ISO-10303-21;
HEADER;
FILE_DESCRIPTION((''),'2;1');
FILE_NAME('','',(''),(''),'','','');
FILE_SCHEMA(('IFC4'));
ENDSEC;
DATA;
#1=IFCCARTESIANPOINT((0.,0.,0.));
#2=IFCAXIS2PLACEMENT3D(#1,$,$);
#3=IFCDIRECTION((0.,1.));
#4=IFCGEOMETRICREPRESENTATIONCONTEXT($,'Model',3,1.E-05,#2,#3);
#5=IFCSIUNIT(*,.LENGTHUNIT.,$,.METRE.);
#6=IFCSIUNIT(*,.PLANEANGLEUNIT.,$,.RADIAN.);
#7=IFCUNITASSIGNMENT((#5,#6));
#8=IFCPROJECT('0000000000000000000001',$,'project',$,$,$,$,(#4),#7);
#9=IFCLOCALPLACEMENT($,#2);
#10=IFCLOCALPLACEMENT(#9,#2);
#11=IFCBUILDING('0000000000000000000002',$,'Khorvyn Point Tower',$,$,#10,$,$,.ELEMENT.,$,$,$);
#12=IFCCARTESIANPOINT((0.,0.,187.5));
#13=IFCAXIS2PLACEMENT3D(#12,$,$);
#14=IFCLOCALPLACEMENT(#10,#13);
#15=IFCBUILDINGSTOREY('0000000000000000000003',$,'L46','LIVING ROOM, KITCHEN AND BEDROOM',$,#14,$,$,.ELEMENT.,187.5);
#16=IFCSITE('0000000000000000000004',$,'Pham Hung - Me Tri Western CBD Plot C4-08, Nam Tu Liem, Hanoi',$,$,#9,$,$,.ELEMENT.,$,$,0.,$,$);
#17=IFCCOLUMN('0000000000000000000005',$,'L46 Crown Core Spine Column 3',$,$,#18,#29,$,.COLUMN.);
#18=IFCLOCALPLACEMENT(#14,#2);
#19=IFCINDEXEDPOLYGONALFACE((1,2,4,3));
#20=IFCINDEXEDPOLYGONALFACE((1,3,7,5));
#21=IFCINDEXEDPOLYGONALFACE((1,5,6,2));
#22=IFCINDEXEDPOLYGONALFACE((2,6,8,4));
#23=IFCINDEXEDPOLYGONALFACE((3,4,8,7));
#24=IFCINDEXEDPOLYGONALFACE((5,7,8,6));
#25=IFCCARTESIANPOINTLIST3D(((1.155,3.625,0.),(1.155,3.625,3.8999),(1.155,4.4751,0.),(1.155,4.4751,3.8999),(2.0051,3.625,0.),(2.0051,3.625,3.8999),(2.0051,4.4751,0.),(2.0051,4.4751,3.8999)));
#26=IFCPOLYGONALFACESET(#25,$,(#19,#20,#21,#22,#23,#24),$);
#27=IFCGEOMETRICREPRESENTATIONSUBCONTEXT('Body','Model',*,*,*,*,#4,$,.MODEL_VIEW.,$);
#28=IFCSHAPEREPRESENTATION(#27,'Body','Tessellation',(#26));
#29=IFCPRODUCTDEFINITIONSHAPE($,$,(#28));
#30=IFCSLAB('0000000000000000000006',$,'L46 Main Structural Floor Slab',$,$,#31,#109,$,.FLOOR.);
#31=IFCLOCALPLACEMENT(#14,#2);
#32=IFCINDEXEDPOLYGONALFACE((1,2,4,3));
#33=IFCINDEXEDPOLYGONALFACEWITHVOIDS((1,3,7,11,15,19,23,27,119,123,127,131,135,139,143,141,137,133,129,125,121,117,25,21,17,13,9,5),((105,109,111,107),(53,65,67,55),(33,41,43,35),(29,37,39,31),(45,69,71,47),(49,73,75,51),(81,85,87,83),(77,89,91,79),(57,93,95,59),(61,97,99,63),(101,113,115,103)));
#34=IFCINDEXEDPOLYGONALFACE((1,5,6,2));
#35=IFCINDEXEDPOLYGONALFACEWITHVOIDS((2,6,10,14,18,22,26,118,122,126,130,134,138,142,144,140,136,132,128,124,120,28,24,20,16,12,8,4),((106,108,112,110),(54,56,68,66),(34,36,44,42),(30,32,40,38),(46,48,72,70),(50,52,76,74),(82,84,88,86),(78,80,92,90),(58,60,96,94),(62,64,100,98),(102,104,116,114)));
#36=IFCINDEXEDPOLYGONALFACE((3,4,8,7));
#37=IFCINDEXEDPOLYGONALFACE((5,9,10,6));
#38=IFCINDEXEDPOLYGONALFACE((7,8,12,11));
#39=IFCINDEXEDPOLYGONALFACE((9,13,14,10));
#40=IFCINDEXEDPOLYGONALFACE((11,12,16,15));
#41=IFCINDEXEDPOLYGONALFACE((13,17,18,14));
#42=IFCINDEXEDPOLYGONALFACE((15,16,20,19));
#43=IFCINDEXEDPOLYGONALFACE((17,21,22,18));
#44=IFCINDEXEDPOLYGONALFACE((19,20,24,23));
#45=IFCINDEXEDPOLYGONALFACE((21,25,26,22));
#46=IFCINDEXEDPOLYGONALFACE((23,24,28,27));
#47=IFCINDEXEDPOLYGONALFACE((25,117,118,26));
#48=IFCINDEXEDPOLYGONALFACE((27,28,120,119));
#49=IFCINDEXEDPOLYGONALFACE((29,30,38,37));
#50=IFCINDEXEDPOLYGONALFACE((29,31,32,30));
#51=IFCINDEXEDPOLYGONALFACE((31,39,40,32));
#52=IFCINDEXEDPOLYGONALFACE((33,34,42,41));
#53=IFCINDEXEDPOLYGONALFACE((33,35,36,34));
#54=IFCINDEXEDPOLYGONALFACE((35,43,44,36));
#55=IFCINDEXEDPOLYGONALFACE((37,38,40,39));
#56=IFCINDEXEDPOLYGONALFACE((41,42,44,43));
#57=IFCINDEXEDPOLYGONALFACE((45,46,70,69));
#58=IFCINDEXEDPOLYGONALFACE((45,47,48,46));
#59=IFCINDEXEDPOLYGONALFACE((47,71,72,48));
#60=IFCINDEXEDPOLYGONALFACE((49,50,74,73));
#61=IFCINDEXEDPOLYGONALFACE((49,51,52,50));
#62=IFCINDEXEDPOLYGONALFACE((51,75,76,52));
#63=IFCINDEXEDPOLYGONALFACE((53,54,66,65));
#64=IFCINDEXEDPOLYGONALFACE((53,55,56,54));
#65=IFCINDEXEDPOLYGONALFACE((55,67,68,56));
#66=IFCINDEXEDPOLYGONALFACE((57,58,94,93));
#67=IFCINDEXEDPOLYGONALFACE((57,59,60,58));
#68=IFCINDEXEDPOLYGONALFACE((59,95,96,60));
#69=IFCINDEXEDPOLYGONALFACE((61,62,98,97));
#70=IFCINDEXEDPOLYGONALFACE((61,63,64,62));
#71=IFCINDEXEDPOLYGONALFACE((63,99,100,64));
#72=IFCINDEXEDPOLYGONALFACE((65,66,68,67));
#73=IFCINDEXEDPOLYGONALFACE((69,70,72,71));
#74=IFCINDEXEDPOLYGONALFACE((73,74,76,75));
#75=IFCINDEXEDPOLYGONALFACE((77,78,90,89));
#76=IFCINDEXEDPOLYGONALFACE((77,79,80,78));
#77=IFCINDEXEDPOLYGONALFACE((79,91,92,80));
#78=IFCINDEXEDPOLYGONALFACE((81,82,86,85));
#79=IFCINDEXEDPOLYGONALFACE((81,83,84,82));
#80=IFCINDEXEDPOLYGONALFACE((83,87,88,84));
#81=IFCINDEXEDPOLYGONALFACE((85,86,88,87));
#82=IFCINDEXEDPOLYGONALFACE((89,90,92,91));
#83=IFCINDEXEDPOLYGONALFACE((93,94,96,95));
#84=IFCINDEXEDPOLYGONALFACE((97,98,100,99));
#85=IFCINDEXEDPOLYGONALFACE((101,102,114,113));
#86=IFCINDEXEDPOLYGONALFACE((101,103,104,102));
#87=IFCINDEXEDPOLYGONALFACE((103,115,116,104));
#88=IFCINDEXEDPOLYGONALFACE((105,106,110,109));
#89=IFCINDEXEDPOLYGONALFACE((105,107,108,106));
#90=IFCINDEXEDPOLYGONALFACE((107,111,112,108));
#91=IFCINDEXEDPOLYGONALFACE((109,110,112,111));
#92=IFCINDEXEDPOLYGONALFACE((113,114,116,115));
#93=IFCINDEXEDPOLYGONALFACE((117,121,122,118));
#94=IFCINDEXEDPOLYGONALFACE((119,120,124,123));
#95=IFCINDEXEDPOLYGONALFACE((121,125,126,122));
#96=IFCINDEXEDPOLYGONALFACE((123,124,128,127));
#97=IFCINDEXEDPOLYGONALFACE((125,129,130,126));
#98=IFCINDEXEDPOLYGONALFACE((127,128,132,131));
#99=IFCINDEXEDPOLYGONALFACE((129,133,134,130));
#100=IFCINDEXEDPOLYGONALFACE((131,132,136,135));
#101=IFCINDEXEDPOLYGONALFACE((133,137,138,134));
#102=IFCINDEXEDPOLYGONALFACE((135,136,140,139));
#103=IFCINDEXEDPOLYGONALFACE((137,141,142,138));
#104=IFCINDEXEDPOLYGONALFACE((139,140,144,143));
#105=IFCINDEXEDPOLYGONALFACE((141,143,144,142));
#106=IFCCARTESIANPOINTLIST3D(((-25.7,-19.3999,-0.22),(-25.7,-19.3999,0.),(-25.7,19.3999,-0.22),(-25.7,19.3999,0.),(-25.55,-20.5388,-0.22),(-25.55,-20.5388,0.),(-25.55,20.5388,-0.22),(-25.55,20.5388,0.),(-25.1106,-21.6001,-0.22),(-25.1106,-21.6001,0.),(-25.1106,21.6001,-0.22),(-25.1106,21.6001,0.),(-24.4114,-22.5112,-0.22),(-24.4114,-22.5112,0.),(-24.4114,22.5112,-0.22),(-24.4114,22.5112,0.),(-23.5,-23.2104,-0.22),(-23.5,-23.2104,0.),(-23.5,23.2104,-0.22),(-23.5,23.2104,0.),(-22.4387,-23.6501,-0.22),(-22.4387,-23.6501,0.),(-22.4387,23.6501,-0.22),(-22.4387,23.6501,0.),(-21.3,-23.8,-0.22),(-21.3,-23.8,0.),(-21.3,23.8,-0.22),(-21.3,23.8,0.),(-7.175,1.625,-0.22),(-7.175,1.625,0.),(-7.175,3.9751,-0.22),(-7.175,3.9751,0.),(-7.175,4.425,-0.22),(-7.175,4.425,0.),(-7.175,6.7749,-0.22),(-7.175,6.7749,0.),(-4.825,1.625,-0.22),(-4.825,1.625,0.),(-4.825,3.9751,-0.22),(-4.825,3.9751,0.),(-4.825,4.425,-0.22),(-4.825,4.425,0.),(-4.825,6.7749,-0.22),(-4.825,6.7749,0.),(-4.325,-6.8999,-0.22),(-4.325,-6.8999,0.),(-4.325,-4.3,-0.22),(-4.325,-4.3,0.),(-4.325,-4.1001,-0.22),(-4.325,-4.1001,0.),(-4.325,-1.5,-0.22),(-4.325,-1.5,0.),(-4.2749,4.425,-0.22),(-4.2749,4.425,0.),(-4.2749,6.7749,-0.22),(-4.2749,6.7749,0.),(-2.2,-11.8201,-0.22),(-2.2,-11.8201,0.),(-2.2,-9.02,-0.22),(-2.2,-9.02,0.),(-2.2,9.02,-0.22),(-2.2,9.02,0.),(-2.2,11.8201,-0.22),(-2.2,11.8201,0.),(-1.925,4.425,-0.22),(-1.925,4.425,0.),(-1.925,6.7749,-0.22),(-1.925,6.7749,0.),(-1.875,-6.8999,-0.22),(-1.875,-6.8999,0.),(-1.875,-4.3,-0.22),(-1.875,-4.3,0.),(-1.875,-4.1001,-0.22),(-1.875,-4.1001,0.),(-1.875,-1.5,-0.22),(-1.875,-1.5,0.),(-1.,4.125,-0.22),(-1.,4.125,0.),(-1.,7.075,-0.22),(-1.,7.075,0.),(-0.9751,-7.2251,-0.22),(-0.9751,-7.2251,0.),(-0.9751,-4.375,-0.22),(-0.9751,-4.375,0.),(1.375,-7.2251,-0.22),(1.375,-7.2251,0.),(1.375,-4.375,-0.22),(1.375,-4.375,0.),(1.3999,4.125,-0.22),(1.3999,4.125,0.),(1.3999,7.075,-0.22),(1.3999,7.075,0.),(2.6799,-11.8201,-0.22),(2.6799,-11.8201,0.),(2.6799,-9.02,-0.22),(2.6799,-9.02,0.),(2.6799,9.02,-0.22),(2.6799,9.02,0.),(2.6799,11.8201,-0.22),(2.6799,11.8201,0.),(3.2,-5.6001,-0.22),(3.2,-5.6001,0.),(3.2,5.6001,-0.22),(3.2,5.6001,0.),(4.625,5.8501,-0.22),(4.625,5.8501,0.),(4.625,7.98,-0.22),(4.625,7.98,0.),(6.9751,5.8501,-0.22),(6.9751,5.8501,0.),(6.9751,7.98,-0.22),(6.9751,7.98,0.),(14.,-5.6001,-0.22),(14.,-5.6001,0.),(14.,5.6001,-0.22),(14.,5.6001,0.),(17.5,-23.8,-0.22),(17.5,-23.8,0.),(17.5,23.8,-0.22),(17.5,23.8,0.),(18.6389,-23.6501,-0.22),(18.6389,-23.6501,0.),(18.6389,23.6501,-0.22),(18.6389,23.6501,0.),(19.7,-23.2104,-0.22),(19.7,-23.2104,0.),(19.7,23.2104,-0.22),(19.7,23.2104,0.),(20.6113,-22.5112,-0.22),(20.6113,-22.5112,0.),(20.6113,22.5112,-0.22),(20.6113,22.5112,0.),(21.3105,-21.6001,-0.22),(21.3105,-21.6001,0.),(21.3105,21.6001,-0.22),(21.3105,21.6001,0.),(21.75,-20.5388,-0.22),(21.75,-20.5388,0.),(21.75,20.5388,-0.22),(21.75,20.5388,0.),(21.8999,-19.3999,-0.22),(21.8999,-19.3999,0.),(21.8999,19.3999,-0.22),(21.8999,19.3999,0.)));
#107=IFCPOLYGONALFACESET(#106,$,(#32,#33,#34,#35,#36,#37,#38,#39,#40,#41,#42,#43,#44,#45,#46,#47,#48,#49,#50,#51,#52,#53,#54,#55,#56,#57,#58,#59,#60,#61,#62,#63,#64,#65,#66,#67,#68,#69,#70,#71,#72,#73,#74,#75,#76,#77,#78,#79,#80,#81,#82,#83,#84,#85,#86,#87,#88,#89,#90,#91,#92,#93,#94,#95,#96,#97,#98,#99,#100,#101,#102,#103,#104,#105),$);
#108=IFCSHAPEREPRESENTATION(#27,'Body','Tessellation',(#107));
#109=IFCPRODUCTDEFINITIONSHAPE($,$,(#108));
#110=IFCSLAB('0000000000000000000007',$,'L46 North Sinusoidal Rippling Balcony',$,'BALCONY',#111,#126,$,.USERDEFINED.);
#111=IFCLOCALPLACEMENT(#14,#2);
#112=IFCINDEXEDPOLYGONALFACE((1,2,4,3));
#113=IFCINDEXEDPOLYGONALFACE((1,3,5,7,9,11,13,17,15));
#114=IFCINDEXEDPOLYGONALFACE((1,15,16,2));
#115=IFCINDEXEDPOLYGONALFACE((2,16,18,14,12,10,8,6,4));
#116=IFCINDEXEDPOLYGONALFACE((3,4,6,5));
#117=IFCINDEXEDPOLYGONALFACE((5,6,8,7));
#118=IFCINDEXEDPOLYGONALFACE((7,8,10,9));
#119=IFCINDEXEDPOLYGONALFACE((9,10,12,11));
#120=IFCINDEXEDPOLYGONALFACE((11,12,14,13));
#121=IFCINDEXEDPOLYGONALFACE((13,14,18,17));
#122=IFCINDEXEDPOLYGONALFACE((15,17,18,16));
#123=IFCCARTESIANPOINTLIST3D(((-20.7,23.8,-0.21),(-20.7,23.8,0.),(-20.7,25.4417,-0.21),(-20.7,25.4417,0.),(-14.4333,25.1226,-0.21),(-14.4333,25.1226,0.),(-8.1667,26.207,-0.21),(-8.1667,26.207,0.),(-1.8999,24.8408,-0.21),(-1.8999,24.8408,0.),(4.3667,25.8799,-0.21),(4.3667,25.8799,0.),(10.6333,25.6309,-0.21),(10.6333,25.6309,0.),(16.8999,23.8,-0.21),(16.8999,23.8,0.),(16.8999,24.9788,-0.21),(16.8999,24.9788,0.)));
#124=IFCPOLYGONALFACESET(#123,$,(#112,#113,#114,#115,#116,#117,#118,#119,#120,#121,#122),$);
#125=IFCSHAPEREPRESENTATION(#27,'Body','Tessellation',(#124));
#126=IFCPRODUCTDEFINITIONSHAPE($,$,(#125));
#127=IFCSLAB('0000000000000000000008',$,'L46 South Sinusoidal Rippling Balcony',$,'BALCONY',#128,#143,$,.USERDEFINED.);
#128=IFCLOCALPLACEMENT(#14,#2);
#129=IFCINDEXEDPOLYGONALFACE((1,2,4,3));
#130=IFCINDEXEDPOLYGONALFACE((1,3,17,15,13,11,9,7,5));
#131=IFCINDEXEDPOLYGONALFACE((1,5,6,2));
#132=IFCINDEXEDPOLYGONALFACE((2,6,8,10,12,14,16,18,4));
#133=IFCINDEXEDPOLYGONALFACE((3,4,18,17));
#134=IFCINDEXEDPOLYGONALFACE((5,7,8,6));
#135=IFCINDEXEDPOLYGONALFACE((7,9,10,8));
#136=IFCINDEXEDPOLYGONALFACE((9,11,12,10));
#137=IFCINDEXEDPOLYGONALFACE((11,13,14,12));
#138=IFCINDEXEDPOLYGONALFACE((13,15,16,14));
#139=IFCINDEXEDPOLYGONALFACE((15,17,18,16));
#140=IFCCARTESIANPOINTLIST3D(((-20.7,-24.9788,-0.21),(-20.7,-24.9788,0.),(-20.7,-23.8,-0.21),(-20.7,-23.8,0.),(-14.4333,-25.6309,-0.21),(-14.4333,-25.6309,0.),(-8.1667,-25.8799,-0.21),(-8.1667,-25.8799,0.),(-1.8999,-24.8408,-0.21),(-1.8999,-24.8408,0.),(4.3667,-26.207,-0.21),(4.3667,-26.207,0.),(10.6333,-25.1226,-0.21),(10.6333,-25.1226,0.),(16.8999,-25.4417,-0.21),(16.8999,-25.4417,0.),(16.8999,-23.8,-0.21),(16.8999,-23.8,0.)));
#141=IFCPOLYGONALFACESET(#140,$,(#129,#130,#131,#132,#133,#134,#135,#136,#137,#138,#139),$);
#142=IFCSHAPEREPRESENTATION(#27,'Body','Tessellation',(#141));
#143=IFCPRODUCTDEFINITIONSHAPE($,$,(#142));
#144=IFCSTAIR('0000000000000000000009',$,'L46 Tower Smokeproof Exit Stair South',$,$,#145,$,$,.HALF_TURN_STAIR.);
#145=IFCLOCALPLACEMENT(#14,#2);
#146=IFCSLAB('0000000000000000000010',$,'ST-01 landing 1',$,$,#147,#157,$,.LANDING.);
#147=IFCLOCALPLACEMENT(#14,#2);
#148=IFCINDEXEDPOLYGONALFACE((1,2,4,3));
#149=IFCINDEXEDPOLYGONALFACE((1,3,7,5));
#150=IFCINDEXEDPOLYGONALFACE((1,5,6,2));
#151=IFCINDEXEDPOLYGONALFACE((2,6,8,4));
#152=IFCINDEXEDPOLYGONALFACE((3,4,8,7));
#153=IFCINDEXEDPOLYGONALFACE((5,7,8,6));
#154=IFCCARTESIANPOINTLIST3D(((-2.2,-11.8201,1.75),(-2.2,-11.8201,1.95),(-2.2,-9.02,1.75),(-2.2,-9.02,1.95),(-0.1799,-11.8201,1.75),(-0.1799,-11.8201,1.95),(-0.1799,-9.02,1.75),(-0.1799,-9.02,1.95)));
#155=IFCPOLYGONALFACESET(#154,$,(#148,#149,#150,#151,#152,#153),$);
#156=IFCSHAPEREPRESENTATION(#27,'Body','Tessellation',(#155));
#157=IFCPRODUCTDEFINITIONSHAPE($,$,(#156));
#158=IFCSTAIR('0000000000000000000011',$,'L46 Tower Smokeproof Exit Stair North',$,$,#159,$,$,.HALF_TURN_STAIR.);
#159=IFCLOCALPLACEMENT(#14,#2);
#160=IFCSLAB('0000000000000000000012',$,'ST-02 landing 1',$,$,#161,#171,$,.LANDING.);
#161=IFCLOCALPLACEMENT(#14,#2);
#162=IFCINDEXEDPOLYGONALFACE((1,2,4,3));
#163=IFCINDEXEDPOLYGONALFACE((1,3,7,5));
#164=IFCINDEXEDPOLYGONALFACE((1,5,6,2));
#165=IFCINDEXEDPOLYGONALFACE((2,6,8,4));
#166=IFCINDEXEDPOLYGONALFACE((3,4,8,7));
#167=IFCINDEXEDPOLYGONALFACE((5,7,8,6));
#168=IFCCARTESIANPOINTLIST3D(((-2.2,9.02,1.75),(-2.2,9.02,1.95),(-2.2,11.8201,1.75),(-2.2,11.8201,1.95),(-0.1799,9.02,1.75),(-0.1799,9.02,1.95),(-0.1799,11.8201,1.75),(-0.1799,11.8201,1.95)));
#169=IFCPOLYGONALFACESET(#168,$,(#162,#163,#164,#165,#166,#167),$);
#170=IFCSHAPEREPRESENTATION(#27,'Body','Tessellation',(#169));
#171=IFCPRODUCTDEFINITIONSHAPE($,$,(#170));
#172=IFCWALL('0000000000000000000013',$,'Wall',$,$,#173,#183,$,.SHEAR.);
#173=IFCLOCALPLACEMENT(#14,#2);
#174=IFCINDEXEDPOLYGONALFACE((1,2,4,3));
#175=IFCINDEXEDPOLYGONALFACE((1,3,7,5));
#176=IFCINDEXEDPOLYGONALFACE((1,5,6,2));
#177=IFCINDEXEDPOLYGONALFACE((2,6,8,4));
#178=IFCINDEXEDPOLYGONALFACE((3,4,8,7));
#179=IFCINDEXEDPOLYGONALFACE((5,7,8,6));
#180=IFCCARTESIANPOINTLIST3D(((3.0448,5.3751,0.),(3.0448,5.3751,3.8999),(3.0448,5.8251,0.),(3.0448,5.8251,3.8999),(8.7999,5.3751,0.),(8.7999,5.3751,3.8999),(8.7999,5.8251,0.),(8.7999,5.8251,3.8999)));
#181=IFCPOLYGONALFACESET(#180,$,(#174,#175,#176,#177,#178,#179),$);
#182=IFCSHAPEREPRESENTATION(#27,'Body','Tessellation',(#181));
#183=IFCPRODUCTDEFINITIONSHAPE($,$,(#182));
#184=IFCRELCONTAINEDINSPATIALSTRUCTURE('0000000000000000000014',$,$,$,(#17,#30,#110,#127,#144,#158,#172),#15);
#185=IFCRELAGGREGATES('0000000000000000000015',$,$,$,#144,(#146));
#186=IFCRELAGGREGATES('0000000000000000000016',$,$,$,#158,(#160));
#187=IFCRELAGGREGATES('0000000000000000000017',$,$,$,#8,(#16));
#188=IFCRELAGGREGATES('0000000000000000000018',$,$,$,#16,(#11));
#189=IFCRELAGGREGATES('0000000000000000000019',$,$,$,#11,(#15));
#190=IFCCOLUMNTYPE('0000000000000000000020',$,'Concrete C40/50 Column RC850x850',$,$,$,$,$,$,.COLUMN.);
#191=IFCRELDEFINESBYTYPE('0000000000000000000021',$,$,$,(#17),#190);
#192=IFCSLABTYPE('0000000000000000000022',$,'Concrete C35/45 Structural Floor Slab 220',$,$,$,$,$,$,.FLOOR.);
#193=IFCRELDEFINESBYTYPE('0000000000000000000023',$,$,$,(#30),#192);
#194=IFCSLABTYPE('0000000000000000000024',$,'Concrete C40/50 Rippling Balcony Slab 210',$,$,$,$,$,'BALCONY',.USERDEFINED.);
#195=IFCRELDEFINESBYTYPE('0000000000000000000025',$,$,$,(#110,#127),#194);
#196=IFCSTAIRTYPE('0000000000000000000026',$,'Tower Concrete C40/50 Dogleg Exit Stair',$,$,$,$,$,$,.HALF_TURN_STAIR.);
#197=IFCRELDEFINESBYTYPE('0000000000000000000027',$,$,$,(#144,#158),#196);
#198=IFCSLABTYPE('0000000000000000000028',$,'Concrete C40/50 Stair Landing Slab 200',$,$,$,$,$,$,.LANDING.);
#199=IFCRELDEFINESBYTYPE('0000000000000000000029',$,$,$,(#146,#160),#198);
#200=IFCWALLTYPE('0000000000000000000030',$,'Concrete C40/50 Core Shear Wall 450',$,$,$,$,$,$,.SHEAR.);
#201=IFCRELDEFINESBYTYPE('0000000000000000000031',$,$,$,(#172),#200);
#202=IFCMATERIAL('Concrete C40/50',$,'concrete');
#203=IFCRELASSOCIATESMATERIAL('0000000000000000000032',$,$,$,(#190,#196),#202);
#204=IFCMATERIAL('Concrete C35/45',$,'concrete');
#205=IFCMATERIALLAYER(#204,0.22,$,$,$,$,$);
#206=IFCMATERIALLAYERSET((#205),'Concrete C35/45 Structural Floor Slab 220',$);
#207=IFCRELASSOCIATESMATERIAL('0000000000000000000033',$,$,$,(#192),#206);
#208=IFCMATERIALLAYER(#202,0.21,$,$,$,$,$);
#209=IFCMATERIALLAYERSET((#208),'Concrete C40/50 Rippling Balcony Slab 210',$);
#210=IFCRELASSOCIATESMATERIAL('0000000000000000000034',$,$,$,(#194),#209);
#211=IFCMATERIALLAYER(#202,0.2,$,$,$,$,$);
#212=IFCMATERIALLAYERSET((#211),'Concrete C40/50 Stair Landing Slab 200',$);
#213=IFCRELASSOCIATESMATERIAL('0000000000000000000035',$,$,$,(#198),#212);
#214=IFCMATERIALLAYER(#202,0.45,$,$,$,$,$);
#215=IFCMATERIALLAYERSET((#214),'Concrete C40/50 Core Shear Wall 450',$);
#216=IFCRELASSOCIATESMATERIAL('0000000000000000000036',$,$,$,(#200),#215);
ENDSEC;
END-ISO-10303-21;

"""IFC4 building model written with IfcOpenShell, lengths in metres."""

from ifc_helpers import new_model, si_unit, direction, frame, frame_2d, origin, origin_2d, place, context, subcontext, project, spatial, polyline, rectangle, outline, extrude, material, layer, layer_set, material_profile, profile_set, type_object, element, aggregate, save


model = new_model("IFC4")

# Units and contexts
model_context = context("Model", 3, precision=1e-05, world=origin(), true_north=direction((0.0, 1.0)))
body_context = subcontext(model_context, "Body", "Model", "MODEL_VIEW")
ifc_project = project(units=[si_unit("LENGTHUNIT", "METRE"), si_unit("PLANEANGLEUNIT", "RADIAN")], contexts=[model_context])

# Site, building, storey
site_placement = place(None, origin())
site = spatial("IfcSite", under=ifc_project, at=site_placement, Name="Pham Hung - Me Tri Western CBD Plot C4-08, Nam Tu Liem, Hanoi", CompositionType="ELEMENT", RefElevation=0.0)
building_placement = place(site_placement, origin())
building = spatial("IfcBuilding", under=site, at=building_placement, Name="Khorvyn Point Tower", CompositionType="ELEMENT")
storey_placement = place(building_placement, frame((0.0, 0.0, 187.5)))
storey = spatial("IfcBuildingStorey", under=building, at=storey_placement, Name="L46", Description="LIVING ROOM, KITCHEN AND BEDROOM", CompositionType="ELEMENT", Elevation=187.5)

# Column
ifc_material_1 = material(Name="Concrete C40/50", Category="concrete")
ifc_material_profile = material_profile(ifc_material_1, rectangle(XDim=0.8501, YDim=0.8501, at=origin_2d()))
ifc_profile_set = profile_set([ifc_material_profile], Name="Concrete C40/50 RC850x850")
column_type = type_object("IfcColumnType", Name="Concrete C40/50 Column RC850x850", PredefinedType="COLUMN", material=ifc_profile_set)
column_placement = place(storey_placement, frame((1.5801, 4.05, 0.0), z_axis=(0.0, 0.0, 1.0), x_axis=(1.0, 0.0, 0.0)))
element("IfcColumn", 1, at=column_placement, inside=storey, type_object=column_type, Name="L46 Crown Core Spine Column 3", PredefinedType="COLUMN", context=body_context, shape_type="SweptSolid", body=[
    extrude(rectangle(XDim=0.8501, YDim=0.8501, at=origin_2d()), origin(), (0.0, 0.0, 1.0), 3.8999),
])

# Slabs
ifc_material_2 = material(Name="Concrete C35/45", Category="concrete")
ifc_layer_1 = layer(ifc_material_2, 0.22)
ifc_layer_set_1 = layer_set([ifc_layer_1], Name="Concrete C35/45 Structural Floor Slab 220")
slab_type_1 = type_object("IfcSlabType", Name="Concrete C35/45 Structural Floor Slab 220", PredefinedType="FLOOR", material=ifc_layer_set_1)
slab_1_placement = place(storey_placement, frame((0.0, 0.0, -0.22)))
element("IfcSlab", 2, at=slab_1_placement, inside=storey, type_object=slab_type_1, Name="L46 Main Structural Floor Slab", PredefinedType="FLOOR", context=body_context, shape_type="SweptSolid", body=[
    extrude(outline(polyline([(-21.3, -23.8), (-22.4387, -23.6501), (-23.5, -23.2104), (-24.4114, -22.5112), (-25.1106, -21.6001), (-25.55, -20.5388), (-25.7, -19.3999), (-25.7, 19.3999), (-25.55, 20.5388), (-25.1106, 21.6001), (-24.4114, 22.5112), (-23.5, 23.2104), (-22.4387, 23.6501), (-21.3, 23.8), (17.5, 23.8), (18.6389, 23.6501), (19.7, 23.2104), (20.6113, 22.5112), (21.3105, 21.6001), (21.75, 20.5388), (21.8999, 19.3999), (21.8999, -19.3999), (21.75, -20.5388), (21.3105, -21.6001), (20.6113, -22.5112), (19.7, -23.2104), (18.6389, -23.6501), (17.5, -23.8), (-21.3, -23.8)]), holes=[polyline([(-1.875, -6.8999), (-1.875, -4.3), (-4.325, -4.3), (-4.325, -6.8999), (-1.875, -6.8999)]), polyline([(-1.875, -4.1001), (-1.875, -1.5), (-4.325, -1.5), (-4.325, -4.1001), (-1.875, -4.1001)]), polyline([(-4.825, 1.625), (-4.825, 3.9751), (-7.175, 3.9751), (-7.175, 1.625), (-4.825, 1.625)]), polyline([(-7.175, 4.425), (-4.825, 4.425), (-4.825, 6.7749), (-7.175, 6.7749), (-7.175, 4.425)]), polyline([(-4.2749, 4.425), (-1.925, 4.425), (-1.925, 6.7749), (-4.2749, 6.7749), (-4.2749, 4.425)]), polyline([(1.3999, 4.125), (1.3999, 7.075), (-1.0, 7.075), (-1.0, 4.125), (1.3999, 4.125)]), polyline([(-2.2, -11.8201), (2.6799, -11.8201), (2.6799, -9.02), (-2.2, -9.02), (-2.2, -11.8201)]), polyline([(-0.9751, -7.2251), (1.375, -7.2251), (1.375, -4.375), (-0.9751, -4.375), (-0.9751, -7.2251)]), polyline([(14.0, -5.6001), (14.0, 5.6001), (3.2, 5.6001), (3.2, -5.6001), (14.0, -5.6001)]), polyline([(4.625, 5.8501), (6.9751, 5.8501), (6.9751, 7.98), (4.625, 7.98), (4.625, 5.8501)]), polyline([(-2.2, 9.02), (2.6799, 9.02), (2.6799, 11.8201), (-2.2, 11.8201), (-2.2, 9.02)])]), origin(), (0.0, 0.0, 1.0), 0.22),
])
ifc_layer_2 = layer(ifc_material_1, 0.21)
ifc_layer_set_2 = layer_set([ifc_layer_2], Name="Concrete C40/50 Rippling Balcony Slab 210")
slab_type_2 = type_object("IfcSlabType", Name="Concrete C40/50 Rippling Balcony Slab 210", ElementType="BALCONY", PredefinedType="USERDEFINED", material=ifc_layer_set_2)
slab_2_placement = place(storey_placement, frame((0.0, 0.0, -0.21)))
element("IfcSlab", 3, at=slab_2_placement, inside=storey, type_object=slab_type_2, Name="L46 North Sinusoidal Rippling Balcony", ObjectType="BALCONY", PredefinedType="USERDEFINED", context=body_context, shape_type="SweptSolid", body=[
    extrude(outline(polyline([(16.8999, 23.8), (16.8999, 24.9788), (10.6333, 25.6309), (4.3667, 25.8799), (-1.8999, 24.8408), (-8.1667, 26.207), (-14.4333, 25.1226), (-20.7, 25.4417), (-20.7, 23.8), (16.8999, 23.8)])), origin(), (0.0, 0.0, 1.0), 0.21),
])
slab_3_placement = place(storey_placement, frame((0.0, 0.0, -0.21)))
element("IfcSlab", 4, at=slab_3_placement, inside=storey, type_object=slab_type_2, Name="L46 South Sinusoidal Rippling Balcony", ObjectType="BALCONY", PredefinedType="USERDEFINED", context=body_context, shape_type="SweptSolid", body=[
    extrude(outline(polyline([(-20.7, -23.8), (-20.7, -24.9788), (-14.4333, -25.6309), (-8.1667, -25.8799), (-1.8999, -24.8408), (4.3667, -26.207), (10.6333, -25.1226), (16.8999, -25.4417), (16.8999, -23.8), (-20.7, -23.8)])), origin(), (0.0, 0.0, 1.0), 0.21),
])

# Stairs, slabs
stair_type = type_object("IfcStairType", Name="Tower Concrete C40/50 Dogleg Exit Stair", PredefinedType="HALF_TURN_STAIR", material=ifc_material_1)
stair_1_placement = place(storey_placement, origin())
stair_1 = element("IfcStair", 5, at=stair_1_placement, inside=storey, type_object=stair_type, Name="L46 Tower Smokeproof Exit Stair South", PredefinedType="HALF_TURN_STAIR")
ifc_layer_3 = layer(ifc_material_1, 0.2)
ifc_layer_set_3 = layer_set([ifc_layer_3], Name="Concrete C40/50 Stair Landing Slab 200")
slab_type_3 = type_object("IfcSlabType", Name="Concrete C40/50 Stair Landing Slab 200", PredefinedType="LANDING", material=ifc_layer_set_3)
slab_4_placement = place(storey_placement, frame((0.0, 0.0, 1.75)))
slab_4 = element("IfcSlab", 6, at=slab_4_placement, type_object=slab_type_3, Name="ST-01 landing 1", PredefinedType="LANDING", context=body_context, shape_type="SweptSolid", body=[
    extrude(outline(polyline([(-0.1799, -9.02), (-2.2, -9.02), (-2.2, -11.8201), (-0.1799, -11.8201), (-0.1799, -9.02)])), origin(), (0.0, 0.0, 1.0), 0.2),
])
aggregate(stair_1, [slab_4])
stair_2_placement = place(storey_placement, origin())
stair_2 = element("IfcStair", 7, at=stair_2_placement, inside=storey, type_object=stair_type, Name="L46 Tower Smokeproof Exit Stair North", PredefinedType="HALF_TURN_STAIR")
slab_5_placement = place(storey_placement, frame((0.0, 0.0, 1.75)))
slab_5 = element("IfcSlab", 8, at=slab_5_placement, type_object=slab_type_3, Name="ST-02 landing 1", PredefinedType="LANDING", context=body_context, shape_type="SweptSolid", body=[
    extrude(outline(polyline([(-0.1799, 11.8201), (-2.2, 11.8201), (-2.2, 9.02), (-0.1799, 9.02), (-0.1799, 11.8201)])), origin(), (0.0, 0.0, 1.0), 0.2),
])

# Wall
ifc_layer_4 = layer(ifc_material_1, 0.45)
ifc_layer_set_4 = layer_set([ifc_layer_4], Name="Concrete C40/50 Core Shear Wall 450")
wall_type_1 = type_object("IfcWallType", Name="Concrete C40/50 Core Shear Wall 450", PredefinedType="SHEAR", material=ifc_layer_set_4)
wall_1_placement = place(storey_placement, frame((3.0449, 5.6001, 0.0), z_axis=(0.0, 0.0, 1.0), x_axis=(1.0, 0.0, 0.0)))
element("IfcWall", 9, at=wall_1_placement, inside=storey, type_object=wall_type_1, Name="Wall", PredefinedType="SHEAR", context=body_context, shape_type="SweptSolid", body=[
    extrude(rectangle(XDim=5.7551, YDim=0.45, at=frame_2d((2.8774, 0.0))), origin(), (0.0, 0.0, 1.0), 3.8999),
])

aggregate(stair_2, [slab_5])

save(model, "model.ifc")
